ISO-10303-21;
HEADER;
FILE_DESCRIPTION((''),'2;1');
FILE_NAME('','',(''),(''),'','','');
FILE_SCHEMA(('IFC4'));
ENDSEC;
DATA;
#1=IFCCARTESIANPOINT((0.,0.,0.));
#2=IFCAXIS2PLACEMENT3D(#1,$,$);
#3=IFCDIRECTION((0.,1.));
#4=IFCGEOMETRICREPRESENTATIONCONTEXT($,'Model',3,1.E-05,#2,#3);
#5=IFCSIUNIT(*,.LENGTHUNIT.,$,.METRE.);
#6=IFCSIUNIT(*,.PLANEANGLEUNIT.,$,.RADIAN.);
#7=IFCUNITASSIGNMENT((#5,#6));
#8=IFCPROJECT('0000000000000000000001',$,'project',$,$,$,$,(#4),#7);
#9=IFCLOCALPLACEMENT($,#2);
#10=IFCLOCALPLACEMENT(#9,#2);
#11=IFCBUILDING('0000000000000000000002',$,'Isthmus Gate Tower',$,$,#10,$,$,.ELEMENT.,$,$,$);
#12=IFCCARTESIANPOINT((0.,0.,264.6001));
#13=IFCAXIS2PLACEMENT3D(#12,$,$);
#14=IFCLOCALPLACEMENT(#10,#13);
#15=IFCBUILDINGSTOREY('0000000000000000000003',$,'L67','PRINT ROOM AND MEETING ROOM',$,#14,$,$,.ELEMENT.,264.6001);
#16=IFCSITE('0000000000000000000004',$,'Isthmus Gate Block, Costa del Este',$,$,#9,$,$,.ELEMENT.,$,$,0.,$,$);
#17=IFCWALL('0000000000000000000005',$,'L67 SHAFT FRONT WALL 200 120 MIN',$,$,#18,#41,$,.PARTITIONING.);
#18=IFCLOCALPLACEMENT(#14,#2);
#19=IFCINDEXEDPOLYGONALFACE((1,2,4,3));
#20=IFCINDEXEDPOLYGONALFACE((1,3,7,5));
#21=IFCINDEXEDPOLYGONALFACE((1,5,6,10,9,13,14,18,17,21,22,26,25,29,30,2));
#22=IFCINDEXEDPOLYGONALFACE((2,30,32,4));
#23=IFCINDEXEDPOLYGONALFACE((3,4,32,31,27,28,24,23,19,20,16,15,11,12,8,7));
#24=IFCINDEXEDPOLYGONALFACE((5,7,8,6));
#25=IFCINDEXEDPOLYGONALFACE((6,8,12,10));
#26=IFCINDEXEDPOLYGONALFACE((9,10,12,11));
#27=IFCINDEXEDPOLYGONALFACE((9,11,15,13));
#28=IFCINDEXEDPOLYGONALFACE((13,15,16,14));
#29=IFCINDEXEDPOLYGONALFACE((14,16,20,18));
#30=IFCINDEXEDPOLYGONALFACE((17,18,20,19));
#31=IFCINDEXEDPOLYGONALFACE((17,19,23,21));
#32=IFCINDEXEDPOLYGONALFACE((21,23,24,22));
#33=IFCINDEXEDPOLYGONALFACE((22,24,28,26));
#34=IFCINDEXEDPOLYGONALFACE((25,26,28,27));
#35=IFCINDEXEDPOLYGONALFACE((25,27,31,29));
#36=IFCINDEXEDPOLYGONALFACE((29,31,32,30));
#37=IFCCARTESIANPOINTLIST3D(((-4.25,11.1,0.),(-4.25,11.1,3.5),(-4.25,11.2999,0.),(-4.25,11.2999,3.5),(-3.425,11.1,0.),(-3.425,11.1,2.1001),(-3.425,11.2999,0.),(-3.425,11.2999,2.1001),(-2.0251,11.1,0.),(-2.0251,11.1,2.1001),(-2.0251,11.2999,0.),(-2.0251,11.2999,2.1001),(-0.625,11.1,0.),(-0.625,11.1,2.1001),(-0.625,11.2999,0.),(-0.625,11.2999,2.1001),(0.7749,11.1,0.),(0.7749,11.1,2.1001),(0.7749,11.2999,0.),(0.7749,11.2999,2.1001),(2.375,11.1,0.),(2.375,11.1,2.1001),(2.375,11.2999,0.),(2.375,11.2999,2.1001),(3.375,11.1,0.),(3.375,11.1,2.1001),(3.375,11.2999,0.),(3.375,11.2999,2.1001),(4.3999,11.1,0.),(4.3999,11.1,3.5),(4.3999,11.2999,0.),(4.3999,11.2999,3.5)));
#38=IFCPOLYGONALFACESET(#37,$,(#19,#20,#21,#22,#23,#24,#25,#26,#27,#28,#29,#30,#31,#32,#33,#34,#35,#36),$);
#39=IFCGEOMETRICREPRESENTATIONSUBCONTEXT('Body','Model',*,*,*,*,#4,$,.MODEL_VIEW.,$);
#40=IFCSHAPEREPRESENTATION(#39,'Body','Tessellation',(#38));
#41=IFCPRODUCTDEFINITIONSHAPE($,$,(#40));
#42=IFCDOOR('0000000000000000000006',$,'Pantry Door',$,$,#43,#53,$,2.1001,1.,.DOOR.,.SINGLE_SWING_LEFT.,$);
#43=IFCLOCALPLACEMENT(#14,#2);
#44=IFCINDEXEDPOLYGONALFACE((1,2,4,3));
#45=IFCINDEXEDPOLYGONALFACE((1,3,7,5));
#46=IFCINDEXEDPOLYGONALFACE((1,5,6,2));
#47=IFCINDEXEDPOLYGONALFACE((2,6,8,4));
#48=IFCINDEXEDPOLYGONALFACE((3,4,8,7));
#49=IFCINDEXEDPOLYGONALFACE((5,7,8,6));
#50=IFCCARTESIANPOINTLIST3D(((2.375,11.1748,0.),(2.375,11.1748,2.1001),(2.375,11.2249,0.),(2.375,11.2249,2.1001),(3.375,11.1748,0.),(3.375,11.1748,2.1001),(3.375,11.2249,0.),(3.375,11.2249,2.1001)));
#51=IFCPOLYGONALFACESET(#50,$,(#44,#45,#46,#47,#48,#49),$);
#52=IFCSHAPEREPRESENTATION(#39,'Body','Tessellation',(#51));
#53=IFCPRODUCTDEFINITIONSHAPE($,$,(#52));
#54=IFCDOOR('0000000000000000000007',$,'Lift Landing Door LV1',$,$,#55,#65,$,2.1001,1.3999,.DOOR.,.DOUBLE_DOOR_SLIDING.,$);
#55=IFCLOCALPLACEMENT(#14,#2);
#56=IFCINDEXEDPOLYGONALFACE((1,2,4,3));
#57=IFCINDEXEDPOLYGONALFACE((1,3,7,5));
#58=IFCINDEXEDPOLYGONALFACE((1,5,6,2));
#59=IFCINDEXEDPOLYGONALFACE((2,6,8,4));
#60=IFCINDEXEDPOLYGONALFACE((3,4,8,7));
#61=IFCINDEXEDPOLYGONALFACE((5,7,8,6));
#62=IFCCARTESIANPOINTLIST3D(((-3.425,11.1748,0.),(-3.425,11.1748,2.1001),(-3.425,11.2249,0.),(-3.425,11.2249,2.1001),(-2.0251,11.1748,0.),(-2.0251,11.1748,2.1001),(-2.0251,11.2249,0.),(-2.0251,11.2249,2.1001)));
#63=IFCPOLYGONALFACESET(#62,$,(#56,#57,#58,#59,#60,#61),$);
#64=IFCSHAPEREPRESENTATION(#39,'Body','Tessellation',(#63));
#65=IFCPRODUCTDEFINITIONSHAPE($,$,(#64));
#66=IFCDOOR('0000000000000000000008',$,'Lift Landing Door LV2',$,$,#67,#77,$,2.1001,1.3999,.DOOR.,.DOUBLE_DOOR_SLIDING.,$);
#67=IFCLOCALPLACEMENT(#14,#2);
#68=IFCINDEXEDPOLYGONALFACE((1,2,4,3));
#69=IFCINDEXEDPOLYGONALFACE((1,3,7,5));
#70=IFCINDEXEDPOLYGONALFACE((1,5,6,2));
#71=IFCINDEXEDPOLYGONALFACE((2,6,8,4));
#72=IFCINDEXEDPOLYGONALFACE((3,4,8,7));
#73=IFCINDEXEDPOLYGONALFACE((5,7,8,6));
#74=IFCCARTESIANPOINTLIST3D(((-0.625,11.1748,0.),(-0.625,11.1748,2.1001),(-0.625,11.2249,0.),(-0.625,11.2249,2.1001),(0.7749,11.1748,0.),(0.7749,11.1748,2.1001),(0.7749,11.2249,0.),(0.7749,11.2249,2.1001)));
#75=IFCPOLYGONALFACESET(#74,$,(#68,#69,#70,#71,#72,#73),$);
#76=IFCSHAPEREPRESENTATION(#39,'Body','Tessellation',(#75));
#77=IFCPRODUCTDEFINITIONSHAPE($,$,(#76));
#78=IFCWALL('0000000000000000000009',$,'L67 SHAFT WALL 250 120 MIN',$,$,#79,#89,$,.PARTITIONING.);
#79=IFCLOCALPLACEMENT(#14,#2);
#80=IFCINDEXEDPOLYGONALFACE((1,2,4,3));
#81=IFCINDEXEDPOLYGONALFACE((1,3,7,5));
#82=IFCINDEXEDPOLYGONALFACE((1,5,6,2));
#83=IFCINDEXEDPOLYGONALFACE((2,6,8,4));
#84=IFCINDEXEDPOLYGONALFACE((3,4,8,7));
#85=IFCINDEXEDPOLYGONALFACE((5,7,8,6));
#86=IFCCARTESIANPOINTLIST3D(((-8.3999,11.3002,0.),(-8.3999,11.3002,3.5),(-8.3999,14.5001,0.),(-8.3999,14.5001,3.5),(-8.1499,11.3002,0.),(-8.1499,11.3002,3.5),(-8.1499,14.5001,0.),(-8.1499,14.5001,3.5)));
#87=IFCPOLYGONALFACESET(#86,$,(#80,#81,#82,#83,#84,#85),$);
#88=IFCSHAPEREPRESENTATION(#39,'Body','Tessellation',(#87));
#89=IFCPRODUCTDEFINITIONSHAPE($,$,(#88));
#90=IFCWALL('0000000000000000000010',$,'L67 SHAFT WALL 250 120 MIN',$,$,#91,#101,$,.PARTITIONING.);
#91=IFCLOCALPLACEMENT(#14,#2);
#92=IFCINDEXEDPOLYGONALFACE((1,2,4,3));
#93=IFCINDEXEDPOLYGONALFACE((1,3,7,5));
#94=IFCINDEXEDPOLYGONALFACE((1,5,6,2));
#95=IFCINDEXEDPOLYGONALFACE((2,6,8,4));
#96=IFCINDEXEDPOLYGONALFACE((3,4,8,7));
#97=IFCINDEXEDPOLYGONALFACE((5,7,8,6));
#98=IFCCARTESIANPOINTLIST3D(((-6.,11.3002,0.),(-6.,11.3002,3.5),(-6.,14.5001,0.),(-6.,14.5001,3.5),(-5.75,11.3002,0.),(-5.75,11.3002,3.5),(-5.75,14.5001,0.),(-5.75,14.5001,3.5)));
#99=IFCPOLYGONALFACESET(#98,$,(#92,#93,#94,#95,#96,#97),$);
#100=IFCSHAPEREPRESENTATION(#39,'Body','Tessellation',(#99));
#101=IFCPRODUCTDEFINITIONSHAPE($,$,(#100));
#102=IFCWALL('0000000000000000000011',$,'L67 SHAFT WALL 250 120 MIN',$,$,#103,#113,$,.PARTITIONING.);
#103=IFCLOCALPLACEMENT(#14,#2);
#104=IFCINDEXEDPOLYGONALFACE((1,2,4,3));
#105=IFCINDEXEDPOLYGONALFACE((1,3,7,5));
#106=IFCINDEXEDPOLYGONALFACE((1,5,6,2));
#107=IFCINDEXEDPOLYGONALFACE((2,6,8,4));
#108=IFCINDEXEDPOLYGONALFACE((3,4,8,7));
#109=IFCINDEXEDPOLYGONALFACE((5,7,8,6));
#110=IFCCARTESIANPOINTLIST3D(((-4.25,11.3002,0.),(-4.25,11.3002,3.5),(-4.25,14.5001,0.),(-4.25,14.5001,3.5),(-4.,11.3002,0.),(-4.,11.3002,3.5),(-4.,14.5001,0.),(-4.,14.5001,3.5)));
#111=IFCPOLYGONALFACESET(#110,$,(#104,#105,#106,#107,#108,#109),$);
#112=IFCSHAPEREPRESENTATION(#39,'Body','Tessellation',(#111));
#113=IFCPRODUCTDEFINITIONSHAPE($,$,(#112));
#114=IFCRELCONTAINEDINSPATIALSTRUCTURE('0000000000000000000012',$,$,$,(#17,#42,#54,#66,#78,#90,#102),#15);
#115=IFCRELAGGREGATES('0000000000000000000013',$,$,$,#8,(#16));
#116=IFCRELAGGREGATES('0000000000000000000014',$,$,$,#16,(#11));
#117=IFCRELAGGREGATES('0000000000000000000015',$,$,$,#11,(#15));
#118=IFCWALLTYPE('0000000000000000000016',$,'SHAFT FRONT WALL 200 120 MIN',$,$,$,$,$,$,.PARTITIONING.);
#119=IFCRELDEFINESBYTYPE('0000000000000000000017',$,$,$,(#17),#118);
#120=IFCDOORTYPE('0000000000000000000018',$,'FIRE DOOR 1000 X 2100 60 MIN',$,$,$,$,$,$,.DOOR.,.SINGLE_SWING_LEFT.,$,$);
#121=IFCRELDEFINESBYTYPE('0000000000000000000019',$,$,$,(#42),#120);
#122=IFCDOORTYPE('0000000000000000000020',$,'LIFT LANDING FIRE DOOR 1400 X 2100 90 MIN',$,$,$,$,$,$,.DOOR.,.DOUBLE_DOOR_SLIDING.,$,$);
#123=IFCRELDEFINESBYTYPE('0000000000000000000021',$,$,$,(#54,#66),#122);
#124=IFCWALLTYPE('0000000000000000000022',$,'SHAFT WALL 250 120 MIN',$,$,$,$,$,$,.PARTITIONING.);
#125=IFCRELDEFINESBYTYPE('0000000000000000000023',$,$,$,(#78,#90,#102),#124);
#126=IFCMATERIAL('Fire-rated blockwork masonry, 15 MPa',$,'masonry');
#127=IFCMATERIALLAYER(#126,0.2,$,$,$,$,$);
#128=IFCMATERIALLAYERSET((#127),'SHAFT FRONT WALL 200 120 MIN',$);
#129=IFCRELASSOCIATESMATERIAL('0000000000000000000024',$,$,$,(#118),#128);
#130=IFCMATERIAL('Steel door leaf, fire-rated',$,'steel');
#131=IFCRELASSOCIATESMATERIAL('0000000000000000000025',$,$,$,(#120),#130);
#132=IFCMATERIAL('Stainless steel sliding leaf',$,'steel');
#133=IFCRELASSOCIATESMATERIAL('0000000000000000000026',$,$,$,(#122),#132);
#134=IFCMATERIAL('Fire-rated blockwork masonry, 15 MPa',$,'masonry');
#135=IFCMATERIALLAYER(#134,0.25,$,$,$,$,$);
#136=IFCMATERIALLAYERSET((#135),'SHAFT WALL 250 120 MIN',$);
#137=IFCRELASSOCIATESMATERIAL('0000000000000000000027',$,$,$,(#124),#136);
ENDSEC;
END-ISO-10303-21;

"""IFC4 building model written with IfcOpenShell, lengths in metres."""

from ifc_helpers import new_model, si_unit, direction, frame, frame_2d, origin, place, context, subcontext, project, spatial, rectangle, extrude, material, layer, layer_set, type_object, element, fill, save


model = new_model("IFC4")

# Units and contexts
model_context = context("Model", 3, precision=1e-05, world=origin(), true_north=direction((0.0, 1.0)))
body_context = subcontext(model_context, "Body", "Model", "MODEL_VIEW")
ifc_project = project(units=[si_unit("LENGTHUNIT", "METRE"), si_unit("PLANEANGLEUNIT", "RADIAN")], contexts=[model_context])

# Site, building, storey
site_placement = place(None, origin())
site = spatial("IfcSite", under=ifc_project, at=site_placement, Name="Isthmus Gate Block, Costa del Este", CompositionType="ELEMENT", RefElevation=0.0)
building_placement = place(site_placement, origin())
building = spatial("IfcBuilding", under=site, at=building_placement, Name="Isthmus Gate Tower", CompositionType="ELEMENT")
storey_placement = place(building_placement, frame((0.0, 0.0, 264.6001)))
storey = spatial("IfcBuildingStorey", under=building, at=storey_placement, Name="L67", Description="PRINT ROOM AND MEETING ROOM", CompositionType="ELEMENT", Elevation=264.6001)

# Wall, openings, doors
ifc_material_1 = material(Name="Fire-rated blockwork masonry, 15 MPa", Category="masonry")
ifc_layer_1 = layer(ifc_material_1, 0.2)
ifc_layer_set_1 = layer_set([ifc_layer_1], Name="SHAFT FRONT WALL 200 120 MIN")
wall_type_1 = type_object("IfcWallType", Name="SHAFT FRONT WALL 200 120 MIN", PredefinedType="PARTITIONING", material=ifc_layer_set_1)
ifc_material_2 = material(Name="Steel door leaf, fire-rated", Category="steel")
door_type_1 = type_object("IfcDoorType", Name="FIRE DOOR 1000 X 2100 60 MIN", OperationType="SINGLE_SWING_LEFT", PredefinedType="DOOR", material=ifc_material_2)
wall_1_placement = place(storey_placement, frame((-4.25, 11.2, 0.0), z_axis=(0.0, 0.0, 1.0), x_axis=(1.0, 0.0, 0.0)))
wall_1 = element("IfcWall", 1, at=wall_1_placement, inside=storey, type_object=wall_type_1, Name="L67 SHAFT FRONT WALL 200 120 MIN", PredefinedType="PARTITIONING", context=body_context, shape_type="SweptSolid", body=[
    extrude(rectangle(XDim=8.6499, YDim=0.2, at=frame_2d((4.325, 0.0))), origin(), (0.0, 0.0, 1.0), 3.5),
])
opening_1_placement = place(wall_1_placement, frame((0.825, 0.0, 0.0)))
opening_1 = element("IfcOpeningElement", 2, at=opening_1_placement, cuts=wall_1, PredefinedType="OPENING", context=body_context, shape_type="SweptSolid", body=[
    extrude(rectangle(XDim=1.3999, YDim=2.1001, at=frame_2d((0.7, 1.05))), frame((0.0, 0.1099, 0.0), z_axis=(0.0, -1.0, 0.0), x_axis=(1.0, 0.0, 0.0)), (0.0, 0.0, 1.0), 0.22),
])
opening_2_placement = place(wall_1_placement, frame((3.625, 0.0, 0.0)))
opening_2 = element("IfcOpeningElement", 3, at=opening_2_placement, cuts=wall_1, PredefinedType="OPENING", context=body_context, shape_type="SweptSolid", body=[
    extrude(rectangle(XDim=1.3999, YDim=2.1001, at=frame_2d((0.7, 1.05))), frame((0.0, 0.1099, 0.0), z_axis=(0.0, -1.0, 0.0), x_axis=(1.0, 0.0, 0.0)), (0.0, 0.0, 1.0), 0.22),
])
opening_3_placement = place(wall_1_placement, frame((6.625, 0.0, 0.0)))
opening_3 = element("IfcOpeningElement", 4, at=opening_3_placement, cuts=wall_1, PredefinedType="OPENING", context=body_context, shape_type="SweptSolid", body=[
    extrude(rectangle(XDim=1.0, YDim=2.1001, at=frame_2d((0.5, 1.05))), frame((0.0, 0.1099, 0.0), z_axis=(0.0, -1.0, 0.0), x_axis=(1.0, 0.0, 0.0)), (0.0, 0.0, 1.0), 0.22),
])
door_1_placement = place(opening_3_placement, origin())
door_1 = element("IfcDoor", 5, at=door_1_placement, inside=storey, type_object=door_type_1, Name="Pantry Door", OperationType="SINGLE_SWING_LEFT", OverallHeight=2.1001, OverallWidth=1.0, PredefinedType="DOOR", context=body_context, shape_type="SweptSolid", body=[
    extrude(rectangle(XDim=1.0, YDim=2.1001, at=frame_2d((0.5, 1.05))), frame((0.0, 0.0249, 0.0), z_axis=(0.0, -1.0, 0.0), x_axis=(1.0, 0.0, 0.0)), (0.0, 0.0, 1.0), 0.05),
])
fill(opening_3, door_1)
ifc_material_3 = material(Name="Stainless steel sliding leaf", Category="steel")
door_type_2 = type_object("IfcDoorType", Name="LIFT LANDING FIRE DOOR 1400 X 2100 90 MIN", OperationType="DOUBLE_DOOR_SLIDING", PredefinedType="DOOR", material=ifc_material_3)
door_2_placement = place(opening_1_placement, origin())
door_2 = element("IfcDoor", 6, at=door_2_placement, inside=storey, type_object=door_type_2, Name="Lift Landing Door LV1", OperationType="DOUBLE_DOOR_SLIDING", OverallHeight=2.1001, OverallWidth=1.3999, PredefinedType="DOOR", context=body_context, shape_type="SweptSolid", body=[
    extrude(rectangle(XDim=1.3999, YDim=2.1001, at=frame_2d((0.7, 1.05))), frame((0.0, 0.0249, 0.0), z_axis=(0.0, -1.0, 0.0), x_axis=(1.0, 0.0, 0.0)), (0.0, 0.0, 1.0), 0.05),
])
fill(opening_1, door_2)
door_3_placement = place(opening_2_placement, origin())
door_3 = element("IfcDoor", 7, at=door_3_placement, inside=storey, type_object=door_type_2, Name="Lift Landing Door LV2", OperationType="DOUBLE_DOOR_SLIDING", OverallHeight=2.1001, OverallWidth=1.3999, PredefinedType="DOOR", context=body_context, shape_type="SweptSolid", body=[
    extrude(rectangle(XDim=1.3999, YDim=2.1001, at=frame_2d((0.7, 1.05))), frame((0.0, 0.0249, 0.0), z_axis=(0.0, -1.0, 0.0), x_axis=(1.0, 0.0, 0.0)), (0.0, 0.0, 1.0), 0.05),
])
fill(opening_2, door_3)

# Walls
ifc_material_4 = material(Name="Fire-rated blockwork masonry, 15 MPa", Category="masonry")
ifc_layer_2 = layer(ifc_material_4, 0.25)
ifc_layer_set_2 = layer_set([ifc_layer_2], Name="SHAFT WALL 250 120 MIN")
wall_type_2 = type_object("IfcWallType", Name="SHAFT WALL 250 120 MIN", PredefinedType="PARTITIONING", material=ifc_layer_set_2)
for number, where, z_axis, x_axis, name in (
    (8, (-8.2749, 11.3, 0.0), (0.0, 0.0, 1.0), (0.0, 1.0, 0.0), "L67 SHAFT WALL 250 120 MIN"),
    (9, (-5.875, 11.3, 0.0), (0.0, 0.0, 1.0), (0.0, 1.0, 0.0), "L67 SHAFT WALL 250 120 MIN"),
    (10, (-4.125, 11.3, 0.0), (0.0, 0.0, 1.0), (0.0, 1.0, 0.0), "L67 SHAFT WALL 250 120 MIN"),
):
    element("IfcWall", number, at=place(storey_placement, frame(where, z_axis=z_axis, x_axis=x_axis)), inside=storey, type_object=wall_type_2, Name=name, PredefinedType="PARTITIONING", context=body_context, shape_type="SweptSolid", body=[
        extrude(rectangle(XDim=3.2, YDim=0.25, at=frame_2d((1.6001, 0.0))), origin(), (0.0, 0.0, 1.0), 3.5),
    ])

save(model, "model.ifc")
